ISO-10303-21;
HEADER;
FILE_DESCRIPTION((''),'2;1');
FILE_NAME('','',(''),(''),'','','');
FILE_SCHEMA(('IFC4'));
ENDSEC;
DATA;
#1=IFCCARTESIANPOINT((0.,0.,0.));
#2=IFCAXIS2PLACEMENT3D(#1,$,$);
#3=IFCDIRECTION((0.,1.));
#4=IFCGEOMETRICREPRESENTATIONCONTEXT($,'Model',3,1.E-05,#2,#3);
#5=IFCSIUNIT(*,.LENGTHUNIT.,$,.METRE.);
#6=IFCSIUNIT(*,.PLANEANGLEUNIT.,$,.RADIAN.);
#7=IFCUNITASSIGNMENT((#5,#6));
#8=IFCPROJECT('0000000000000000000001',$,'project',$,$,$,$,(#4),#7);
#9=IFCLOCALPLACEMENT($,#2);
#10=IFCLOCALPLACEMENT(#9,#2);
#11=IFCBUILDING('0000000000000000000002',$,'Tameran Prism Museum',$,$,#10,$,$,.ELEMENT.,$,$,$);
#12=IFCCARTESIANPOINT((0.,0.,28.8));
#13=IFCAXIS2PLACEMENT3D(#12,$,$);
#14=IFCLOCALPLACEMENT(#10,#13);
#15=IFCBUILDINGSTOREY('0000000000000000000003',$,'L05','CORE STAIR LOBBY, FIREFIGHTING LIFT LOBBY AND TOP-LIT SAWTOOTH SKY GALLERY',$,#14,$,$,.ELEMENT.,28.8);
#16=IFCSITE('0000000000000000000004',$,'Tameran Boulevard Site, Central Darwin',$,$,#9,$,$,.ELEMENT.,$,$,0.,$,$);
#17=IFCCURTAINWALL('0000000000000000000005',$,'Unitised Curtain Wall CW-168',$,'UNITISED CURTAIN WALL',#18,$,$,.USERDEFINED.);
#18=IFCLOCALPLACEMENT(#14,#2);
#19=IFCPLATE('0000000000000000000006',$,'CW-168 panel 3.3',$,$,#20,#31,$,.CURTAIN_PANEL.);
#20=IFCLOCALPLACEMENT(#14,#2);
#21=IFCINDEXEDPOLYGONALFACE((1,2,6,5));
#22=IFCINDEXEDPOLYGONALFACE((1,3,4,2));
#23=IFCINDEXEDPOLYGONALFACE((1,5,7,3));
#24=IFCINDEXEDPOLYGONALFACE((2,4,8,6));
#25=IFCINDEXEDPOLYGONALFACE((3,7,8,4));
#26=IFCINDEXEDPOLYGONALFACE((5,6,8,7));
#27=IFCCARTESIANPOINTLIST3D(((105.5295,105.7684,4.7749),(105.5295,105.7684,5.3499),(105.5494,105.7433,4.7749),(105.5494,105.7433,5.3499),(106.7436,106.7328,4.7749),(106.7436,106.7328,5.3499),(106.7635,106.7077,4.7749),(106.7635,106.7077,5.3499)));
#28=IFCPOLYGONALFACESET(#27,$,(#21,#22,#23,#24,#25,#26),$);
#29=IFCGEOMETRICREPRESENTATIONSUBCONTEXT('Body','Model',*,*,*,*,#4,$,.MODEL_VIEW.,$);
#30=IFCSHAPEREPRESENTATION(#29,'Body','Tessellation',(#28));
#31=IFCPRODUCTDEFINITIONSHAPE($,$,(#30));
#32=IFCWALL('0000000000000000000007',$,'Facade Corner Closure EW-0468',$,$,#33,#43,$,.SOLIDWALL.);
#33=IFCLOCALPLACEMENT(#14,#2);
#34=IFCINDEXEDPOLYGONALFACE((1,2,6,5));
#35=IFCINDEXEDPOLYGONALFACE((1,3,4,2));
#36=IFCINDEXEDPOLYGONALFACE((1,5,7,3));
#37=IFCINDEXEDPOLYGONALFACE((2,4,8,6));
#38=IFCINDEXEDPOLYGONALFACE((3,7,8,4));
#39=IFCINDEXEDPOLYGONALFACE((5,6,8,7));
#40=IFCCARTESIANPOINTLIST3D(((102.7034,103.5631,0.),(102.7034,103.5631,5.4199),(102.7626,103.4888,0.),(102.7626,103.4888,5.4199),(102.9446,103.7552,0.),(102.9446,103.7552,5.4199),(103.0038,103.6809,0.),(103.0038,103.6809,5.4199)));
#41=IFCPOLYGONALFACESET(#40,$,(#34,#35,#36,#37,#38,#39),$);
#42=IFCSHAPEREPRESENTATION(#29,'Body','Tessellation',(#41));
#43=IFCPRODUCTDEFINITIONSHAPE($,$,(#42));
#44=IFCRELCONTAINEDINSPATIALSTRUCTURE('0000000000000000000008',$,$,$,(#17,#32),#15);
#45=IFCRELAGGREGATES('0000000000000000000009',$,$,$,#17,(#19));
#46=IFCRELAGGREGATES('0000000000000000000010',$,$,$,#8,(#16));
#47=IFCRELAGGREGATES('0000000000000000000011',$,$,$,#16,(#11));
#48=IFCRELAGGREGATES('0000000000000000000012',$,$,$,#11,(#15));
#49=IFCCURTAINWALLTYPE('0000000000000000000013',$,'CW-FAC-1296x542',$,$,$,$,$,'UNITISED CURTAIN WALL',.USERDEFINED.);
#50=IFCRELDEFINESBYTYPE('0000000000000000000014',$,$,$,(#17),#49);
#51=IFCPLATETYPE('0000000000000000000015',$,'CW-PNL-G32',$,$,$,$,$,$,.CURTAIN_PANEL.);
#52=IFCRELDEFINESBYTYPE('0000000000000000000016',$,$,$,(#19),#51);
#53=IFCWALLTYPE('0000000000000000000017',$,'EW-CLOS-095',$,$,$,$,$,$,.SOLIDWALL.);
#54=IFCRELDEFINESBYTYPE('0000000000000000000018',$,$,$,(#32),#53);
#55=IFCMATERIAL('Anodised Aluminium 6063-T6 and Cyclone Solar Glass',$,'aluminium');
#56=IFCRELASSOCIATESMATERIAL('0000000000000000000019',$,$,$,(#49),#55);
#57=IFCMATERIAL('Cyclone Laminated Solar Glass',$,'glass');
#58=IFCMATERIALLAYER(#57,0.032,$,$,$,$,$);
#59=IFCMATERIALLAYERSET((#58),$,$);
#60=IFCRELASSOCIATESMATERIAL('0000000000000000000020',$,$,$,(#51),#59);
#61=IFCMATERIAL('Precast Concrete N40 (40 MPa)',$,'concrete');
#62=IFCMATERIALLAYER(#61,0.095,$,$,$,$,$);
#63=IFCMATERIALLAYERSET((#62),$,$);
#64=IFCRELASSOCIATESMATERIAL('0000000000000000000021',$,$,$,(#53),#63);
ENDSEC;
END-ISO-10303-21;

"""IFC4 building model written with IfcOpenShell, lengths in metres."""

from ifc_helpers import new_model, si_unit, direction, frame, frame_2d, origin, origin_2d, place, context, subcontext, project, spatial, rectangle, extrude, material, layer, layer_set, type_object, element, aggregate, save


model = new_model("IFC4")

# Units and contexts
model_context = context("Model", 3, precision=1e-05, world=origin(), true_north=direction((0.0, 1.0)))
body_context = subcontext(model_context, "Body", "Model", "MODEL_VIEW")
ifc_project = project(units=[si_unit("LENGTHUNIT", "METRE"), si_unit("PLANEANGLEUNIT", "RADIAN")], contexts=[model_context])

# Site, building, storey
site_placement = place(None, origin())
site = spatial("IfcSite", under=ifc_project, at=site_placement, Name="Tameran Boulevard Site, Central Darwin", CompositionType="ELEMENT", RefElevation=0.0)
building_placement = place(site_placement, origin())
building = spatial("IfcBuilding", under=site, at=building_placement, Name="Tameran Prism Museum", CompositionType="ELEMENT")
storey_placement = place(building_placement, frame((0.0, 0.0, 28.8)))
storey = spatial("IfcBuildingStorey", under=building, at=storey_placement, Name="L05", Description="CORE STAIR LOBBY, FIREFIGHTING LIFT LOBBY AND TOP-LIT SAWTOOTH SKY GALLERY", CompositionType="ELEMENT", Elevation=28.8)

# Curtain wall, plate
ifc_material_1 = material(Name="Anodised Aluminium 6063-T6 and Cyclone Solar Glass", Category="aluminium")
curtain_wall_type = type_object("IfcCurtainWallType", Name="CW-FAC-1296x542", ElementType="UNITISED CURTAIN WALL", PredefinedType="USERDEFINED", material=ifc_material_1)
curtain_wall_placement = place(storey_placement, origin())
curtain_wall = element("IfcCurtainWall", 1, at=curtain_wall_placement, inside=storey, type_object=curtain_wall_type, Name="Unitised Curtain Wall CW-168", ObjectType="UNITISED CURTAIN WALL", PredefinedType="USERDEFINED")
ifc_material_2 = material(Name="Cyclone Laminated Solar Glass", Category="glass")
ifc_layer_1 = layer(ifc_material_2, 0.032)
ifc_layer_set_1 = layer_set([ifc_layer_1])
plate_type = type_object("IfcPlateType", Name="CW-PNL-G32", PredefinedType="CURTAIN_PANEL", material=ifc_layer_set_1)
plate_1_placement = place(storey_placement, frame((106.1465, 106.238, 4.7749), z_axis=(0.0, 0.0, 1.0), x_axis=(0.783031, 0.621982, 0.0)))
plate_1 = element("IfcPlate", 2, at=plate_1_placement, type_object=plate_type, Name="CW-168 panel 3.3", PredefinedType="CURTAIN_PANEL", context=body_context, shape_type="SweptSolid", body=[
    extrude(rectangle(XDim=1.5505, YDim=0.032, at=origin_2d()), origin(), (0.0, 0.0, 1.0), 0.575),
])
aggregate(curtain_wall, [plate_1])

# Wall
ifc_material_3 = material(Name="Precast Concrete N40 (40 MPa)", Category="concrete")
ifc_layer_2 = layer(ifc_material_3, 0.095)
ifc_layer_set_2 = layer_set([ifc_layer_2])
wall_type = type_object("IfcWallType", Name="EW-CLOS-095", PredefinedType="SOLIDWALL", material=ifc_layer_set_2)
wall_placement = place(storey_placement, frame((102.7329, 103.5259, 0.0), z_axis=(0.0, 0.0, 1.0), x_axis=(0.78218, 0.623052, 0.0)))
element("IfcWall", 3, at=wall_placement, inside=storey, type_object=wall_type, Name="Facade Corner Closure EW-0468", PredefinedType="SOLIDWALL", context=body_context, shape_type="SweptSolid", body=[
    extrude(rectangle(XDim=0.3083, YDim=0.095, at=frame_2d((0.1543, 0.0))), origin(), (0.0, 0.0, 1.0), 5.4199),
])

save(model, "model.ifc")
